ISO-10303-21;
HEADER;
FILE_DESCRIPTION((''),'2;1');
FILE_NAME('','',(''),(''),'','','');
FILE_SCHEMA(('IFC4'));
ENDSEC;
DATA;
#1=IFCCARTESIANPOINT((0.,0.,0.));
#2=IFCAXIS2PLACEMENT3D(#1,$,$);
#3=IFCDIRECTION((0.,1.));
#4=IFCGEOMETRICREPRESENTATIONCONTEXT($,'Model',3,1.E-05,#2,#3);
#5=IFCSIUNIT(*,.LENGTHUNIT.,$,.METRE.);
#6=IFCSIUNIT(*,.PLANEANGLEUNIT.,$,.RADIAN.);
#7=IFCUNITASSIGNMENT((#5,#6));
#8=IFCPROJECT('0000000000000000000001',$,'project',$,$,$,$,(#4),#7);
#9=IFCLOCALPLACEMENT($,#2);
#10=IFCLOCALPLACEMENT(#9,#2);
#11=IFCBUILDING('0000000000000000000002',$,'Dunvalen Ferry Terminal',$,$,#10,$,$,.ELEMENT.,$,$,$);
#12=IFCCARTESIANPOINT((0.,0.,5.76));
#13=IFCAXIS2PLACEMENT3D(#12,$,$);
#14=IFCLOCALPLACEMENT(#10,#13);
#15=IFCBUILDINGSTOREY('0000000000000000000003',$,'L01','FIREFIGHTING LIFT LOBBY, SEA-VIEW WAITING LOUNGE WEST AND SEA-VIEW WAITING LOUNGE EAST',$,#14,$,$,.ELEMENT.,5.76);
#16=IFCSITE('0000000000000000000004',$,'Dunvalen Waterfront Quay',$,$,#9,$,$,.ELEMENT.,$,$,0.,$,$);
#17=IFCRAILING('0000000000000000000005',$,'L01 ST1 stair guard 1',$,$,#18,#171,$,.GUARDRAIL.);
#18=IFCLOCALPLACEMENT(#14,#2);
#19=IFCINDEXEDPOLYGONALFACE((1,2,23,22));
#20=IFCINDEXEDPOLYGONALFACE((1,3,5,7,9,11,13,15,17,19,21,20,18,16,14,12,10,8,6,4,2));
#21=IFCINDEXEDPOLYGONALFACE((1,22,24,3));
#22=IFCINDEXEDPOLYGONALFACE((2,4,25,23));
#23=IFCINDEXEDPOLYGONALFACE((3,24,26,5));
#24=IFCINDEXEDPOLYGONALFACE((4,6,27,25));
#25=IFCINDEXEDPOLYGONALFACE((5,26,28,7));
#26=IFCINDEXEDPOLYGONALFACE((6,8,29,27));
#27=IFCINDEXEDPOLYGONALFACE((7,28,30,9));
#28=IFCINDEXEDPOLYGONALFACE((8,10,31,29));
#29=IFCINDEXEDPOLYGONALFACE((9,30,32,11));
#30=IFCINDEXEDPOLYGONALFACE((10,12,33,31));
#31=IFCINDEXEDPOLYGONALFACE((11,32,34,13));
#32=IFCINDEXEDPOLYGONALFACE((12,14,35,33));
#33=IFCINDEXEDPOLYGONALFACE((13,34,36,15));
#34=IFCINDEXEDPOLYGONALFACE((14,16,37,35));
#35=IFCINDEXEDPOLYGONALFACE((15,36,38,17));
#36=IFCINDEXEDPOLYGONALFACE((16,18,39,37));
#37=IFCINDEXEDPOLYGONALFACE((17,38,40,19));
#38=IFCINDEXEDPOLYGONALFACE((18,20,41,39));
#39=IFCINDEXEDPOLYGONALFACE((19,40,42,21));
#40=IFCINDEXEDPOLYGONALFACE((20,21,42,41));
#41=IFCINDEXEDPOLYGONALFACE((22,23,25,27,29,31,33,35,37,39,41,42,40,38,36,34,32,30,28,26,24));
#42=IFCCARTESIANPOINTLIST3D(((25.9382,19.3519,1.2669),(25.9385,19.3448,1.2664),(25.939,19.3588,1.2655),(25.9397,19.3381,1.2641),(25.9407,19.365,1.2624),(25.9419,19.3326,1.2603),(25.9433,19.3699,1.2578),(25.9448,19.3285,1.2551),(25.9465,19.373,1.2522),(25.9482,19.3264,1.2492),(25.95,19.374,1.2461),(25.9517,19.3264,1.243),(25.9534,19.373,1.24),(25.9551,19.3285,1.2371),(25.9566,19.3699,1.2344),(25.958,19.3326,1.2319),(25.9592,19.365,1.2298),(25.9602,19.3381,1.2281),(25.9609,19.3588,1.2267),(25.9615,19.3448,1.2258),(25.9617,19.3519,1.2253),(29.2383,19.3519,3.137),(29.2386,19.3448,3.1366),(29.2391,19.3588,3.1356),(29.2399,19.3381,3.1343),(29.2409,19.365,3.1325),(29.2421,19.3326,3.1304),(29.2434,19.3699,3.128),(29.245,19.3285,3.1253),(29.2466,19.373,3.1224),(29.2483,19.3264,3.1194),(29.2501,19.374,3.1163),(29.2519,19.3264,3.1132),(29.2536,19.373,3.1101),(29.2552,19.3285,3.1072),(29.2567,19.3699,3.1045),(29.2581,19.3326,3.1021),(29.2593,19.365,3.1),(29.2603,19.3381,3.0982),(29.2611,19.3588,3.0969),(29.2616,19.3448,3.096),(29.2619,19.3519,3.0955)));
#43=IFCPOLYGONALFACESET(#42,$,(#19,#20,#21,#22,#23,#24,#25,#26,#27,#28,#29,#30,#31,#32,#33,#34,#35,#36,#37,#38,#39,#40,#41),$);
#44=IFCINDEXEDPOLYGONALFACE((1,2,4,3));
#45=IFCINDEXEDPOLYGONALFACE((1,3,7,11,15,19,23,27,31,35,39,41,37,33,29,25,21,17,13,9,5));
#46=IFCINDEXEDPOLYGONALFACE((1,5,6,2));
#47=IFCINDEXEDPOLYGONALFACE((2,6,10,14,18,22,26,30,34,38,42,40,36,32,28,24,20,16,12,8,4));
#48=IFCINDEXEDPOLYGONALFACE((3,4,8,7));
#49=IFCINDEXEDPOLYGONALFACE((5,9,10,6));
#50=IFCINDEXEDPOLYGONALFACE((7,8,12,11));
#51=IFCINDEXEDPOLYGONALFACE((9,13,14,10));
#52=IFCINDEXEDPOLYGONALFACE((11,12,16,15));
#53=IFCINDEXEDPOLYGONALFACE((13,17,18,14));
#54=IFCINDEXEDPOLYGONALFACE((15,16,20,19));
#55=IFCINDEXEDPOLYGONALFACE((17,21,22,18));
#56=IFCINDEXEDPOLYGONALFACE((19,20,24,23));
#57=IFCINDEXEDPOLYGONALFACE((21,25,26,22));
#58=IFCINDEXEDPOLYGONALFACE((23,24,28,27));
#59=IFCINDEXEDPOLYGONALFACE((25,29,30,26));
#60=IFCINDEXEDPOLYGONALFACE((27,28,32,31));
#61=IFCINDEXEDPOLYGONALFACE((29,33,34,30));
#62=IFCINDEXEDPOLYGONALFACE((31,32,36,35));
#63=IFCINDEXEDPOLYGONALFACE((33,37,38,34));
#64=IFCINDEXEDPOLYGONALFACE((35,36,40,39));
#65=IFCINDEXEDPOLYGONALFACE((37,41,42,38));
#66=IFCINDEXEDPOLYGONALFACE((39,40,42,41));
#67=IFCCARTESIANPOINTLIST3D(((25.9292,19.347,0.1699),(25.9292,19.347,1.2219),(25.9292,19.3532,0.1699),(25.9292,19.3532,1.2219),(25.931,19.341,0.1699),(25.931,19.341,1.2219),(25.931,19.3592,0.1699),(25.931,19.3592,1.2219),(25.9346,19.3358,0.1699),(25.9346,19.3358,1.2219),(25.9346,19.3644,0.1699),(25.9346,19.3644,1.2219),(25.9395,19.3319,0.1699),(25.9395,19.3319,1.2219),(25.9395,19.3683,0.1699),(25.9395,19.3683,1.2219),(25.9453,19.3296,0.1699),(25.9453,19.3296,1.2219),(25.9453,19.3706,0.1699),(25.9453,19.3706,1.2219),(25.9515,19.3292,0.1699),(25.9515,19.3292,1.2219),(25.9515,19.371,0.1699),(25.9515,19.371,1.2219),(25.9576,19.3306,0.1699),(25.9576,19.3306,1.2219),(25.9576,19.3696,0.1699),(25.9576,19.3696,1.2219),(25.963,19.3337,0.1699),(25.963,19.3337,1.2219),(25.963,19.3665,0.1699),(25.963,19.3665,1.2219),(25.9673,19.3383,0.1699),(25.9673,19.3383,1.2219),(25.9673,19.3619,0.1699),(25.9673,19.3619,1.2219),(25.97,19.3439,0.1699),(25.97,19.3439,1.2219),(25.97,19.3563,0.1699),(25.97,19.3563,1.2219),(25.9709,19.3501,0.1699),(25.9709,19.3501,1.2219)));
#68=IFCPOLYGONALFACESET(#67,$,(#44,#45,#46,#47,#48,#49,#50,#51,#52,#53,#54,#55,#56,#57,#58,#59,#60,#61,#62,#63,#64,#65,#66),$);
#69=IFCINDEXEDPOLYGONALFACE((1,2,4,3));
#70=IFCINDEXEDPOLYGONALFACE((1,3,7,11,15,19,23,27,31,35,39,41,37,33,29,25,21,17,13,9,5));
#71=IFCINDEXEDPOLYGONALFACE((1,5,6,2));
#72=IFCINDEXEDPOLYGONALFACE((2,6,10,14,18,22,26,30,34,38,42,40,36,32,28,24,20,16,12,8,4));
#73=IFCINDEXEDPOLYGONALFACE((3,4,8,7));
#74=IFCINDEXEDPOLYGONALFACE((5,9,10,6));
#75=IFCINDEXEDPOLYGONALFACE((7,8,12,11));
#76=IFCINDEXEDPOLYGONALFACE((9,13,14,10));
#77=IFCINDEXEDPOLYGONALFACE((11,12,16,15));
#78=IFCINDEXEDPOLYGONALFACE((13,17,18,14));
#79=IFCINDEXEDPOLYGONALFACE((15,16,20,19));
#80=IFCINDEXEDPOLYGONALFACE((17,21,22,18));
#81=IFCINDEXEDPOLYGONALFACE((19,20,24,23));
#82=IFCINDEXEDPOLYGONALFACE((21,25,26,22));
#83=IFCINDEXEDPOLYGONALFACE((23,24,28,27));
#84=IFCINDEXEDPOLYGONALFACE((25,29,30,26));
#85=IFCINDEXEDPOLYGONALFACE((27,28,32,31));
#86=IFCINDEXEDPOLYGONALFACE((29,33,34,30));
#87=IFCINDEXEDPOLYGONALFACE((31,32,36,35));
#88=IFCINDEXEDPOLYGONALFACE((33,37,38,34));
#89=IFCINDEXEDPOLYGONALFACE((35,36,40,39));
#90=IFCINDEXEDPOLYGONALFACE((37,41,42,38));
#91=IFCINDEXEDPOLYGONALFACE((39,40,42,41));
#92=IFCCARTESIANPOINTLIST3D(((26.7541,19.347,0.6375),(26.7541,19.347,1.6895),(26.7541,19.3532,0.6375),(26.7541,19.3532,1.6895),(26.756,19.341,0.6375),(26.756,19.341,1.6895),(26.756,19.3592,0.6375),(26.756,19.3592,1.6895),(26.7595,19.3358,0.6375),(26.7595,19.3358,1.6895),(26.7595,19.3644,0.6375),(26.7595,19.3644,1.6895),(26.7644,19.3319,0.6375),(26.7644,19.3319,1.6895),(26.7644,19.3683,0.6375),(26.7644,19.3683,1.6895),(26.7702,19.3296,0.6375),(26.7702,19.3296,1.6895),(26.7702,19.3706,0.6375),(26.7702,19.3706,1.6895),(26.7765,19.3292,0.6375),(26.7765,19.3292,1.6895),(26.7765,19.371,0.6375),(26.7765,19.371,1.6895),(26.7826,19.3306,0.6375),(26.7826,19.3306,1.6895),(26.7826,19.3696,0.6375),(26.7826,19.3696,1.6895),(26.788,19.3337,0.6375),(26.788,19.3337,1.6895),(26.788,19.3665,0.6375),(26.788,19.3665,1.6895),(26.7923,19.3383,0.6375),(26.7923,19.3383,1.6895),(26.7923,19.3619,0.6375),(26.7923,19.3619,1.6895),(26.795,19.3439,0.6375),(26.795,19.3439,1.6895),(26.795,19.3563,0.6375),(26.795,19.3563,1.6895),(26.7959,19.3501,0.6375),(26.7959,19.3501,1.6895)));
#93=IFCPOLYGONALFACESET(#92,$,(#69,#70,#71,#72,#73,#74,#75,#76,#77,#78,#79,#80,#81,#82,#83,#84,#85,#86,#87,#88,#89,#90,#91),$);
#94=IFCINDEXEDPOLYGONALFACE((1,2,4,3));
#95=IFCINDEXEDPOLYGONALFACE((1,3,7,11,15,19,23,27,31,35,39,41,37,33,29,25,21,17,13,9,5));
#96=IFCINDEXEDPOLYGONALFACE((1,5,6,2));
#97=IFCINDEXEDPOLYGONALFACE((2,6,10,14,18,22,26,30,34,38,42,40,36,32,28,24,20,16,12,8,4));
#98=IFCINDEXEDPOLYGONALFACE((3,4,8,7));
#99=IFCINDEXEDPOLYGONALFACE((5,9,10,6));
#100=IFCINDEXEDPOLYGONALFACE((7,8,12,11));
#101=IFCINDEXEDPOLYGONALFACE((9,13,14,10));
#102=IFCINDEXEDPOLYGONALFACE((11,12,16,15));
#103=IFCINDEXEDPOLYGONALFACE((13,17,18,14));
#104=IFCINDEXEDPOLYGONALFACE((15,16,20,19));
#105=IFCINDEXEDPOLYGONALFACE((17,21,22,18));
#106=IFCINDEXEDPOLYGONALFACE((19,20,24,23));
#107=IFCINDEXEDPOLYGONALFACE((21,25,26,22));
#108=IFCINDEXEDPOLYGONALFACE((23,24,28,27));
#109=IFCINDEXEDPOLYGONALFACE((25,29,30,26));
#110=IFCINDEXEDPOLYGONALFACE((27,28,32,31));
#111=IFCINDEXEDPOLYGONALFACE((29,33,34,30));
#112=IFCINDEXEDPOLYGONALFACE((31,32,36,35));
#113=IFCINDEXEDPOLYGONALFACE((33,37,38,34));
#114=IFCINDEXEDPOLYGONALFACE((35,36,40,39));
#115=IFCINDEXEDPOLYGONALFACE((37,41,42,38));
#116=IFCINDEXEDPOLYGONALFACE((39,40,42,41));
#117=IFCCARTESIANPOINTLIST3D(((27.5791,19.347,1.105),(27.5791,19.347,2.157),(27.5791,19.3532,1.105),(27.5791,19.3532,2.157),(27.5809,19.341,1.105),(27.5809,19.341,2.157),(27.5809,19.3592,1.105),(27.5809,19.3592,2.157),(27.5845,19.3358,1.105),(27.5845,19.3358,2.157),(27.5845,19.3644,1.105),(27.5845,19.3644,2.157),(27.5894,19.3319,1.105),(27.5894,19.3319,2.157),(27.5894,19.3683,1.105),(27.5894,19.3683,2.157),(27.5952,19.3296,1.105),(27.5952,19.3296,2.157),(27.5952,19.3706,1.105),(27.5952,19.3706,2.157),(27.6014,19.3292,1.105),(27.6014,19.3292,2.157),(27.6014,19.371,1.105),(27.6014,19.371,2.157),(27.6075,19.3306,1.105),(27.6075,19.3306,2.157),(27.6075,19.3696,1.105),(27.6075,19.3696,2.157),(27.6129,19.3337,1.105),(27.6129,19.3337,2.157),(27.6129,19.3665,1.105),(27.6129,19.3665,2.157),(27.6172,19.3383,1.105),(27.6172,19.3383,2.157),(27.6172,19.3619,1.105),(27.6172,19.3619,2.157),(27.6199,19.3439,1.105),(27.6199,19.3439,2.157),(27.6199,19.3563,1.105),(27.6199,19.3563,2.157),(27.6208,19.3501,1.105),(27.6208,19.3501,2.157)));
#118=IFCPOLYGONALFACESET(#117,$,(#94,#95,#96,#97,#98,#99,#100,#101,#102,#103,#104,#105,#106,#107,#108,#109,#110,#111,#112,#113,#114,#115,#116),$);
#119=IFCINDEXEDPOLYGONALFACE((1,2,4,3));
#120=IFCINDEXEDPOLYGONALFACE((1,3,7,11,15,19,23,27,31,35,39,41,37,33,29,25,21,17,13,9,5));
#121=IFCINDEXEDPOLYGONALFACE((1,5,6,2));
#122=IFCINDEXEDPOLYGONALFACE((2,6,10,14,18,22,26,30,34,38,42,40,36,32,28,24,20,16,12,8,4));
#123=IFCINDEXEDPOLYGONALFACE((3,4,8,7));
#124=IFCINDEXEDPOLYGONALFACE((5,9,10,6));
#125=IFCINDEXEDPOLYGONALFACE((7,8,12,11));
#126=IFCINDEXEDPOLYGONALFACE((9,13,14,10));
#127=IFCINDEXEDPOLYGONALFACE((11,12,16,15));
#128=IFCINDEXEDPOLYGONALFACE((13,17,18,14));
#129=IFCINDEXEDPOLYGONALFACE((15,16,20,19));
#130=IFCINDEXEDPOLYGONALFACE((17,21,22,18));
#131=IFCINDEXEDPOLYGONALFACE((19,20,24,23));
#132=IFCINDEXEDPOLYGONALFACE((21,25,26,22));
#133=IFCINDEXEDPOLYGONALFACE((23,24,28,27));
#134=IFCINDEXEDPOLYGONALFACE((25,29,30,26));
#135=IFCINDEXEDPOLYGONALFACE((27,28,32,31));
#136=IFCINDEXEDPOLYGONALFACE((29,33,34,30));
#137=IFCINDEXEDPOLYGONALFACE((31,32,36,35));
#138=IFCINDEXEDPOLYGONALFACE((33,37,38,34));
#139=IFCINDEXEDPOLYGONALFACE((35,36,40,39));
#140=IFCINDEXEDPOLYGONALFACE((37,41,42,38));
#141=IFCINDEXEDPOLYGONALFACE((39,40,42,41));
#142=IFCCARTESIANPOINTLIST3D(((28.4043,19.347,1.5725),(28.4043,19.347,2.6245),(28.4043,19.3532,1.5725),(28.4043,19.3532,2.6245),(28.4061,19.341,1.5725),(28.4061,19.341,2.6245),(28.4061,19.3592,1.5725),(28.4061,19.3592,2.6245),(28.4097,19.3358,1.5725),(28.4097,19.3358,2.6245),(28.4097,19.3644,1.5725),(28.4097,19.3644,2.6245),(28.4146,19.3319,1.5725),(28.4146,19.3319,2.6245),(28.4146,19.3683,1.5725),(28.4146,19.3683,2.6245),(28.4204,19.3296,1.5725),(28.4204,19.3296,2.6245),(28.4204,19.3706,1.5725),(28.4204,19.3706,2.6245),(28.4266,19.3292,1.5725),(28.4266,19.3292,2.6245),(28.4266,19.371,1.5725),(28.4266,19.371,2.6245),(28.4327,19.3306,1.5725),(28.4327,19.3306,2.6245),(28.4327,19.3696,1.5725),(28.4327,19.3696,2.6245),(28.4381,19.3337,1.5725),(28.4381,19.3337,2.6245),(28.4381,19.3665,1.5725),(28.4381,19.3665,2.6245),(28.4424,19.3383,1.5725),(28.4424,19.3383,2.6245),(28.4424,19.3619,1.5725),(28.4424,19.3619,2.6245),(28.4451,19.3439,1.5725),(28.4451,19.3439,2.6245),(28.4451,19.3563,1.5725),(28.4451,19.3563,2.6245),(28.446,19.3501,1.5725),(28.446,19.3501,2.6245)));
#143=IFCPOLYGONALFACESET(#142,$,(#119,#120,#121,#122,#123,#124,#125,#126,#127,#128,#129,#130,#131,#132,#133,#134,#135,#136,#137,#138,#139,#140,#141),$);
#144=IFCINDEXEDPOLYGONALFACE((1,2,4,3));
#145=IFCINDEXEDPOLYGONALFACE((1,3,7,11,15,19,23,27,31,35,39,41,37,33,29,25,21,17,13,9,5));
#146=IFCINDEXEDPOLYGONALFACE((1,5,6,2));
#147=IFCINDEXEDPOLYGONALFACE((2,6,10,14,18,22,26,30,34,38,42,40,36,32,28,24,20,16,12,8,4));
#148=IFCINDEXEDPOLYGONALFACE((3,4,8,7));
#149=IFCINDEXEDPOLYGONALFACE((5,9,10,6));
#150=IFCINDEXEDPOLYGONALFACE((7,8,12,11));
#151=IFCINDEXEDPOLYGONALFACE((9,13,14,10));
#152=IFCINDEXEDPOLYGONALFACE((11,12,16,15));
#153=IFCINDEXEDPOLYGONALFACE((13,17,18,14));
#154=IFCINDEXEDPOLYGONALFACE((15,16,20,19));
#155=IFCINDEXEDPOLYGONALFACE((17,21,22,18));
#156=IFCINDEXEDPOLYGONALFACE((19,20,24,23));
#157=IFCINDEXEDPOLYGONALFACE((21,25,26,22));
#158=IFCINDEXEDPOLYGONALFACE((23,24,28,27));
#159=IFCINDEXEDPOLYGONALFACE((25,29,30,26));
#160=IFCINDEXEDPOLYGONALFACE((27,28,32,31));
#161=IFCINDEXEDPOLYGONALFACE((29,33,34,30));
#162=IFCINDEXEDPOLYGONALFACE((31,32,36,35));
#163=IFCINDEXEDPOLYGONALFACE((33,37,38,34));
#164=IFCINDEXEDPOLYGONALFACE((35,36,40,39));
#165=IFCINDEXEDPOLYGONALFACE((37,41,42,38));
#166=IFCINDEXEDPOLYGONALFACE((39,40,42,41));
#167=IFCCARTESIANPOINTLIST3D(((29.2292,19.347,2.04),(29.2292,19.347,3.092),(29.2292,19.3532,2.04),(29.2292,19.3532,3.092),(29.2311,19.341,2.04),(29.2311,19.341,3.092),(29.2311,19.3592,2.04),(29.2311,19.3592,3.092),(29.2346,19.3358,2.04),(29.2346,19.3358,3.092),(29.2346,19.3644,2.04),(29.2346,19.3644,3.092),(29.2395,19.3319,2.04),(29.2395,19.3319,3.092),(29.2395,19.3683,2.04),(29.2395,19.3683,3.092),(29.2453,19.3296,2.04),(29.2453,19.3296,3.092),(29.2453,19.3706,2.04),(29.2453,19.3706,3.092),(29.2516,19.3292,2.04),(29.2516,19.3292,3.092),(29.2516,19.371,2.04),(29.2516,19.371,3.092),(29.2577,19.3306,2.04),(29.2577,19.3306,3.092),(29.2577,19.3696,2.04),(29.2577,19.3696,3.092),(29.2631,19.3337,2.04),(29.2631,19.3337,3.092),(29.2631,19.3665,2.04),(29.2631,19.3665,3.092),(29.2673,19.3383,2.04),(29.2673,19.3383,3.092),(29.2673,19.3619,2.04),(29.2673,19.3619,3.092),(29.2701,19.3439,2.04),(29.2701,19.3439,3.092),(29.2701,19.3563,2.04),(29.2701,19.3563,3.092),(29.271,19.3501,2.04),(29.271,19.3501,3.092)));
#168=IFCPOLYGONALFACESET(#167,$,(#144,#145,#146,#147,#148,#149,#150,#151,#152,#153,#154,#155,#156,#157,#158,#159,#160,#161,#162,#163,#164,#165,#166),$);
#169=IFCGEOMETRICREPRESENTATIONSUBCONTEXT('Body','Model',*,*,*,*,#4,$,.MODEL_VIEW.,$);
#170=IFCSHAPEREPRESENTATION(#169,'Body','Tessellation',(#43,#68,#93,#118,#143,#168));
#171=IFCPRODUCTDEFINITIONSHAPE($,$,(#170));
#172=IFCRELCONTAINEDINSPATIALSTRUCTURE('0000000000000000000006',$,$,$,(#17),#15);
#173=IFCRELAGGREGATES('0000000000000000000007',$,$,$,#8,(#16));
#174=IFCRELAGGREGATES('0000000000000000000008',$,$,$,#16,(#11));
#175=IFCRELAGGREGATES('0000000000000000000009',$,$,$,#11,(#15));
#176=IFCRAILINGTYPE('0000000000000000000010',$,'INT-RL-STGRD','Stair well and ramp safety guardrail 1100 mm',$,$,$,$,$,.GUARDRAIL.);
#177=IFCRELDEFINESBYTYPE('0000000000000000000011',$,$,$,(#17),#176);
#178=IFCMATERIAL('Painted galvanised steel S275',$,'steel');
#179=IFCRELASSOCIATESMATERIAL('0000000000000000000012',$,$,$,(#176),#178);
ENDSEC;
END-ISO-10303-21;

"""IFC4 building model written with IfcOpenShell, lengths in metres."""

from ifc_helpers import new_model, si_unit, direction, frame, origin, origin_2d, place, context, subcontext, project, spatial, circle, extrude, material, type_object, element, save


model = new_model("IFC4")

# Units and contexts
model_context = context("Model", 3, precision=1e-05, world=origin(), true_north=direction((0.0, 1.0)))
body_context = subcontext(model_context, "Body", "Model", "MODEL_VIEW")
ifc_project = project(units=[si_unit("LENGTHUNIT", "METRE"), si_unit("PLANEANGLEUNIT", "RADIAN")], contexts=[model_context])

# Site, building, storey
site_placement = place(None, origin())
site = spatial("IfcSite", under=ifc_project, at=site_placement, Name="Dunvalen Waterfront Quay", CompositionType="ELEMENT", RefElevation=0.0)
building_placement = place(site_placement, origin())
building = spatial("IfcBuilding", under=site, at=building_placement, Name="Dunvalen Ferry Terminal", CompositionType="ELEMENT")
storey_placement = place(building_placement, frame((0.0, 0.0, 5.76)))
storey = spatial("IfcBuildingStorey", under=building, at=storey_placement, Name="L01", Description="FIREFIGHTING LIFT LOBBY, SEA-VIEW WAITING LOUNGE WEST AND SEA-VIEW WAITING LOUNGE EAST", CompositionType="ELEMENT", Elevation=5.76)

# Railing
ifc_material_1 = material(Name="Painted galvanised steel S275", Category="steel")
railing_type_1 = type_object("IfcRailingType", Name="INT-RL-STGRD", Description="Stair well and ramp safety guardrail 1100 mm", PredefinedType="GUARDRAIL", material=ifc_material_1)
railing_1_placement = place(storey_placement, frame((25.95, 19.3501, 0.1699)))
element("IfcRailing", 1, at=railing_1_placement, inside=storey, type_object=railing_type_1, Name="L01 ST1 stair guard 1", PredefinedType="GUARDRAIL", context=body_context, shape_type="SweptSolid", body=[
    extrude(circle(Radius=0.0239, at=origin_2d()), frame((0.0, 0.0, 1.0762), z_axis=(0.870012, 0.0, 0.49303), x_axis=(0.0, 1.0, 0.0)), (0.0, 0.0, 1.0), 3.7932),
    extrude(circle(Radius=0.021, at=origin_2d()), origin(), (0.0, 0.0, 1.0), 1.052),
    extrude(circle(Radius=0.021, at=origin_2d()), frame((0.825, 0.0, 0.4675)), (0.0, 0.0, 1.0), 1.052),
    extrude(circle(Radius=0.021, at=origin_2d()), frame((1.6499, 0.0, 0.9351)), (0.0, 0.0, 1.0), 1.052),
    extrude(circle(Radius=0.021, at=origin_2d()), frame((2.4751, 0.0, 1.4026)), (0.0, 0.0, 1.0), 1.052),
    extrude(circle(Radius=0.021, at=origin_2d()), frame((3.3, 0.0, 1.8701)), (0.0, 0.0, 1.0), 1.052),
])

save(model, "model.ifc")
